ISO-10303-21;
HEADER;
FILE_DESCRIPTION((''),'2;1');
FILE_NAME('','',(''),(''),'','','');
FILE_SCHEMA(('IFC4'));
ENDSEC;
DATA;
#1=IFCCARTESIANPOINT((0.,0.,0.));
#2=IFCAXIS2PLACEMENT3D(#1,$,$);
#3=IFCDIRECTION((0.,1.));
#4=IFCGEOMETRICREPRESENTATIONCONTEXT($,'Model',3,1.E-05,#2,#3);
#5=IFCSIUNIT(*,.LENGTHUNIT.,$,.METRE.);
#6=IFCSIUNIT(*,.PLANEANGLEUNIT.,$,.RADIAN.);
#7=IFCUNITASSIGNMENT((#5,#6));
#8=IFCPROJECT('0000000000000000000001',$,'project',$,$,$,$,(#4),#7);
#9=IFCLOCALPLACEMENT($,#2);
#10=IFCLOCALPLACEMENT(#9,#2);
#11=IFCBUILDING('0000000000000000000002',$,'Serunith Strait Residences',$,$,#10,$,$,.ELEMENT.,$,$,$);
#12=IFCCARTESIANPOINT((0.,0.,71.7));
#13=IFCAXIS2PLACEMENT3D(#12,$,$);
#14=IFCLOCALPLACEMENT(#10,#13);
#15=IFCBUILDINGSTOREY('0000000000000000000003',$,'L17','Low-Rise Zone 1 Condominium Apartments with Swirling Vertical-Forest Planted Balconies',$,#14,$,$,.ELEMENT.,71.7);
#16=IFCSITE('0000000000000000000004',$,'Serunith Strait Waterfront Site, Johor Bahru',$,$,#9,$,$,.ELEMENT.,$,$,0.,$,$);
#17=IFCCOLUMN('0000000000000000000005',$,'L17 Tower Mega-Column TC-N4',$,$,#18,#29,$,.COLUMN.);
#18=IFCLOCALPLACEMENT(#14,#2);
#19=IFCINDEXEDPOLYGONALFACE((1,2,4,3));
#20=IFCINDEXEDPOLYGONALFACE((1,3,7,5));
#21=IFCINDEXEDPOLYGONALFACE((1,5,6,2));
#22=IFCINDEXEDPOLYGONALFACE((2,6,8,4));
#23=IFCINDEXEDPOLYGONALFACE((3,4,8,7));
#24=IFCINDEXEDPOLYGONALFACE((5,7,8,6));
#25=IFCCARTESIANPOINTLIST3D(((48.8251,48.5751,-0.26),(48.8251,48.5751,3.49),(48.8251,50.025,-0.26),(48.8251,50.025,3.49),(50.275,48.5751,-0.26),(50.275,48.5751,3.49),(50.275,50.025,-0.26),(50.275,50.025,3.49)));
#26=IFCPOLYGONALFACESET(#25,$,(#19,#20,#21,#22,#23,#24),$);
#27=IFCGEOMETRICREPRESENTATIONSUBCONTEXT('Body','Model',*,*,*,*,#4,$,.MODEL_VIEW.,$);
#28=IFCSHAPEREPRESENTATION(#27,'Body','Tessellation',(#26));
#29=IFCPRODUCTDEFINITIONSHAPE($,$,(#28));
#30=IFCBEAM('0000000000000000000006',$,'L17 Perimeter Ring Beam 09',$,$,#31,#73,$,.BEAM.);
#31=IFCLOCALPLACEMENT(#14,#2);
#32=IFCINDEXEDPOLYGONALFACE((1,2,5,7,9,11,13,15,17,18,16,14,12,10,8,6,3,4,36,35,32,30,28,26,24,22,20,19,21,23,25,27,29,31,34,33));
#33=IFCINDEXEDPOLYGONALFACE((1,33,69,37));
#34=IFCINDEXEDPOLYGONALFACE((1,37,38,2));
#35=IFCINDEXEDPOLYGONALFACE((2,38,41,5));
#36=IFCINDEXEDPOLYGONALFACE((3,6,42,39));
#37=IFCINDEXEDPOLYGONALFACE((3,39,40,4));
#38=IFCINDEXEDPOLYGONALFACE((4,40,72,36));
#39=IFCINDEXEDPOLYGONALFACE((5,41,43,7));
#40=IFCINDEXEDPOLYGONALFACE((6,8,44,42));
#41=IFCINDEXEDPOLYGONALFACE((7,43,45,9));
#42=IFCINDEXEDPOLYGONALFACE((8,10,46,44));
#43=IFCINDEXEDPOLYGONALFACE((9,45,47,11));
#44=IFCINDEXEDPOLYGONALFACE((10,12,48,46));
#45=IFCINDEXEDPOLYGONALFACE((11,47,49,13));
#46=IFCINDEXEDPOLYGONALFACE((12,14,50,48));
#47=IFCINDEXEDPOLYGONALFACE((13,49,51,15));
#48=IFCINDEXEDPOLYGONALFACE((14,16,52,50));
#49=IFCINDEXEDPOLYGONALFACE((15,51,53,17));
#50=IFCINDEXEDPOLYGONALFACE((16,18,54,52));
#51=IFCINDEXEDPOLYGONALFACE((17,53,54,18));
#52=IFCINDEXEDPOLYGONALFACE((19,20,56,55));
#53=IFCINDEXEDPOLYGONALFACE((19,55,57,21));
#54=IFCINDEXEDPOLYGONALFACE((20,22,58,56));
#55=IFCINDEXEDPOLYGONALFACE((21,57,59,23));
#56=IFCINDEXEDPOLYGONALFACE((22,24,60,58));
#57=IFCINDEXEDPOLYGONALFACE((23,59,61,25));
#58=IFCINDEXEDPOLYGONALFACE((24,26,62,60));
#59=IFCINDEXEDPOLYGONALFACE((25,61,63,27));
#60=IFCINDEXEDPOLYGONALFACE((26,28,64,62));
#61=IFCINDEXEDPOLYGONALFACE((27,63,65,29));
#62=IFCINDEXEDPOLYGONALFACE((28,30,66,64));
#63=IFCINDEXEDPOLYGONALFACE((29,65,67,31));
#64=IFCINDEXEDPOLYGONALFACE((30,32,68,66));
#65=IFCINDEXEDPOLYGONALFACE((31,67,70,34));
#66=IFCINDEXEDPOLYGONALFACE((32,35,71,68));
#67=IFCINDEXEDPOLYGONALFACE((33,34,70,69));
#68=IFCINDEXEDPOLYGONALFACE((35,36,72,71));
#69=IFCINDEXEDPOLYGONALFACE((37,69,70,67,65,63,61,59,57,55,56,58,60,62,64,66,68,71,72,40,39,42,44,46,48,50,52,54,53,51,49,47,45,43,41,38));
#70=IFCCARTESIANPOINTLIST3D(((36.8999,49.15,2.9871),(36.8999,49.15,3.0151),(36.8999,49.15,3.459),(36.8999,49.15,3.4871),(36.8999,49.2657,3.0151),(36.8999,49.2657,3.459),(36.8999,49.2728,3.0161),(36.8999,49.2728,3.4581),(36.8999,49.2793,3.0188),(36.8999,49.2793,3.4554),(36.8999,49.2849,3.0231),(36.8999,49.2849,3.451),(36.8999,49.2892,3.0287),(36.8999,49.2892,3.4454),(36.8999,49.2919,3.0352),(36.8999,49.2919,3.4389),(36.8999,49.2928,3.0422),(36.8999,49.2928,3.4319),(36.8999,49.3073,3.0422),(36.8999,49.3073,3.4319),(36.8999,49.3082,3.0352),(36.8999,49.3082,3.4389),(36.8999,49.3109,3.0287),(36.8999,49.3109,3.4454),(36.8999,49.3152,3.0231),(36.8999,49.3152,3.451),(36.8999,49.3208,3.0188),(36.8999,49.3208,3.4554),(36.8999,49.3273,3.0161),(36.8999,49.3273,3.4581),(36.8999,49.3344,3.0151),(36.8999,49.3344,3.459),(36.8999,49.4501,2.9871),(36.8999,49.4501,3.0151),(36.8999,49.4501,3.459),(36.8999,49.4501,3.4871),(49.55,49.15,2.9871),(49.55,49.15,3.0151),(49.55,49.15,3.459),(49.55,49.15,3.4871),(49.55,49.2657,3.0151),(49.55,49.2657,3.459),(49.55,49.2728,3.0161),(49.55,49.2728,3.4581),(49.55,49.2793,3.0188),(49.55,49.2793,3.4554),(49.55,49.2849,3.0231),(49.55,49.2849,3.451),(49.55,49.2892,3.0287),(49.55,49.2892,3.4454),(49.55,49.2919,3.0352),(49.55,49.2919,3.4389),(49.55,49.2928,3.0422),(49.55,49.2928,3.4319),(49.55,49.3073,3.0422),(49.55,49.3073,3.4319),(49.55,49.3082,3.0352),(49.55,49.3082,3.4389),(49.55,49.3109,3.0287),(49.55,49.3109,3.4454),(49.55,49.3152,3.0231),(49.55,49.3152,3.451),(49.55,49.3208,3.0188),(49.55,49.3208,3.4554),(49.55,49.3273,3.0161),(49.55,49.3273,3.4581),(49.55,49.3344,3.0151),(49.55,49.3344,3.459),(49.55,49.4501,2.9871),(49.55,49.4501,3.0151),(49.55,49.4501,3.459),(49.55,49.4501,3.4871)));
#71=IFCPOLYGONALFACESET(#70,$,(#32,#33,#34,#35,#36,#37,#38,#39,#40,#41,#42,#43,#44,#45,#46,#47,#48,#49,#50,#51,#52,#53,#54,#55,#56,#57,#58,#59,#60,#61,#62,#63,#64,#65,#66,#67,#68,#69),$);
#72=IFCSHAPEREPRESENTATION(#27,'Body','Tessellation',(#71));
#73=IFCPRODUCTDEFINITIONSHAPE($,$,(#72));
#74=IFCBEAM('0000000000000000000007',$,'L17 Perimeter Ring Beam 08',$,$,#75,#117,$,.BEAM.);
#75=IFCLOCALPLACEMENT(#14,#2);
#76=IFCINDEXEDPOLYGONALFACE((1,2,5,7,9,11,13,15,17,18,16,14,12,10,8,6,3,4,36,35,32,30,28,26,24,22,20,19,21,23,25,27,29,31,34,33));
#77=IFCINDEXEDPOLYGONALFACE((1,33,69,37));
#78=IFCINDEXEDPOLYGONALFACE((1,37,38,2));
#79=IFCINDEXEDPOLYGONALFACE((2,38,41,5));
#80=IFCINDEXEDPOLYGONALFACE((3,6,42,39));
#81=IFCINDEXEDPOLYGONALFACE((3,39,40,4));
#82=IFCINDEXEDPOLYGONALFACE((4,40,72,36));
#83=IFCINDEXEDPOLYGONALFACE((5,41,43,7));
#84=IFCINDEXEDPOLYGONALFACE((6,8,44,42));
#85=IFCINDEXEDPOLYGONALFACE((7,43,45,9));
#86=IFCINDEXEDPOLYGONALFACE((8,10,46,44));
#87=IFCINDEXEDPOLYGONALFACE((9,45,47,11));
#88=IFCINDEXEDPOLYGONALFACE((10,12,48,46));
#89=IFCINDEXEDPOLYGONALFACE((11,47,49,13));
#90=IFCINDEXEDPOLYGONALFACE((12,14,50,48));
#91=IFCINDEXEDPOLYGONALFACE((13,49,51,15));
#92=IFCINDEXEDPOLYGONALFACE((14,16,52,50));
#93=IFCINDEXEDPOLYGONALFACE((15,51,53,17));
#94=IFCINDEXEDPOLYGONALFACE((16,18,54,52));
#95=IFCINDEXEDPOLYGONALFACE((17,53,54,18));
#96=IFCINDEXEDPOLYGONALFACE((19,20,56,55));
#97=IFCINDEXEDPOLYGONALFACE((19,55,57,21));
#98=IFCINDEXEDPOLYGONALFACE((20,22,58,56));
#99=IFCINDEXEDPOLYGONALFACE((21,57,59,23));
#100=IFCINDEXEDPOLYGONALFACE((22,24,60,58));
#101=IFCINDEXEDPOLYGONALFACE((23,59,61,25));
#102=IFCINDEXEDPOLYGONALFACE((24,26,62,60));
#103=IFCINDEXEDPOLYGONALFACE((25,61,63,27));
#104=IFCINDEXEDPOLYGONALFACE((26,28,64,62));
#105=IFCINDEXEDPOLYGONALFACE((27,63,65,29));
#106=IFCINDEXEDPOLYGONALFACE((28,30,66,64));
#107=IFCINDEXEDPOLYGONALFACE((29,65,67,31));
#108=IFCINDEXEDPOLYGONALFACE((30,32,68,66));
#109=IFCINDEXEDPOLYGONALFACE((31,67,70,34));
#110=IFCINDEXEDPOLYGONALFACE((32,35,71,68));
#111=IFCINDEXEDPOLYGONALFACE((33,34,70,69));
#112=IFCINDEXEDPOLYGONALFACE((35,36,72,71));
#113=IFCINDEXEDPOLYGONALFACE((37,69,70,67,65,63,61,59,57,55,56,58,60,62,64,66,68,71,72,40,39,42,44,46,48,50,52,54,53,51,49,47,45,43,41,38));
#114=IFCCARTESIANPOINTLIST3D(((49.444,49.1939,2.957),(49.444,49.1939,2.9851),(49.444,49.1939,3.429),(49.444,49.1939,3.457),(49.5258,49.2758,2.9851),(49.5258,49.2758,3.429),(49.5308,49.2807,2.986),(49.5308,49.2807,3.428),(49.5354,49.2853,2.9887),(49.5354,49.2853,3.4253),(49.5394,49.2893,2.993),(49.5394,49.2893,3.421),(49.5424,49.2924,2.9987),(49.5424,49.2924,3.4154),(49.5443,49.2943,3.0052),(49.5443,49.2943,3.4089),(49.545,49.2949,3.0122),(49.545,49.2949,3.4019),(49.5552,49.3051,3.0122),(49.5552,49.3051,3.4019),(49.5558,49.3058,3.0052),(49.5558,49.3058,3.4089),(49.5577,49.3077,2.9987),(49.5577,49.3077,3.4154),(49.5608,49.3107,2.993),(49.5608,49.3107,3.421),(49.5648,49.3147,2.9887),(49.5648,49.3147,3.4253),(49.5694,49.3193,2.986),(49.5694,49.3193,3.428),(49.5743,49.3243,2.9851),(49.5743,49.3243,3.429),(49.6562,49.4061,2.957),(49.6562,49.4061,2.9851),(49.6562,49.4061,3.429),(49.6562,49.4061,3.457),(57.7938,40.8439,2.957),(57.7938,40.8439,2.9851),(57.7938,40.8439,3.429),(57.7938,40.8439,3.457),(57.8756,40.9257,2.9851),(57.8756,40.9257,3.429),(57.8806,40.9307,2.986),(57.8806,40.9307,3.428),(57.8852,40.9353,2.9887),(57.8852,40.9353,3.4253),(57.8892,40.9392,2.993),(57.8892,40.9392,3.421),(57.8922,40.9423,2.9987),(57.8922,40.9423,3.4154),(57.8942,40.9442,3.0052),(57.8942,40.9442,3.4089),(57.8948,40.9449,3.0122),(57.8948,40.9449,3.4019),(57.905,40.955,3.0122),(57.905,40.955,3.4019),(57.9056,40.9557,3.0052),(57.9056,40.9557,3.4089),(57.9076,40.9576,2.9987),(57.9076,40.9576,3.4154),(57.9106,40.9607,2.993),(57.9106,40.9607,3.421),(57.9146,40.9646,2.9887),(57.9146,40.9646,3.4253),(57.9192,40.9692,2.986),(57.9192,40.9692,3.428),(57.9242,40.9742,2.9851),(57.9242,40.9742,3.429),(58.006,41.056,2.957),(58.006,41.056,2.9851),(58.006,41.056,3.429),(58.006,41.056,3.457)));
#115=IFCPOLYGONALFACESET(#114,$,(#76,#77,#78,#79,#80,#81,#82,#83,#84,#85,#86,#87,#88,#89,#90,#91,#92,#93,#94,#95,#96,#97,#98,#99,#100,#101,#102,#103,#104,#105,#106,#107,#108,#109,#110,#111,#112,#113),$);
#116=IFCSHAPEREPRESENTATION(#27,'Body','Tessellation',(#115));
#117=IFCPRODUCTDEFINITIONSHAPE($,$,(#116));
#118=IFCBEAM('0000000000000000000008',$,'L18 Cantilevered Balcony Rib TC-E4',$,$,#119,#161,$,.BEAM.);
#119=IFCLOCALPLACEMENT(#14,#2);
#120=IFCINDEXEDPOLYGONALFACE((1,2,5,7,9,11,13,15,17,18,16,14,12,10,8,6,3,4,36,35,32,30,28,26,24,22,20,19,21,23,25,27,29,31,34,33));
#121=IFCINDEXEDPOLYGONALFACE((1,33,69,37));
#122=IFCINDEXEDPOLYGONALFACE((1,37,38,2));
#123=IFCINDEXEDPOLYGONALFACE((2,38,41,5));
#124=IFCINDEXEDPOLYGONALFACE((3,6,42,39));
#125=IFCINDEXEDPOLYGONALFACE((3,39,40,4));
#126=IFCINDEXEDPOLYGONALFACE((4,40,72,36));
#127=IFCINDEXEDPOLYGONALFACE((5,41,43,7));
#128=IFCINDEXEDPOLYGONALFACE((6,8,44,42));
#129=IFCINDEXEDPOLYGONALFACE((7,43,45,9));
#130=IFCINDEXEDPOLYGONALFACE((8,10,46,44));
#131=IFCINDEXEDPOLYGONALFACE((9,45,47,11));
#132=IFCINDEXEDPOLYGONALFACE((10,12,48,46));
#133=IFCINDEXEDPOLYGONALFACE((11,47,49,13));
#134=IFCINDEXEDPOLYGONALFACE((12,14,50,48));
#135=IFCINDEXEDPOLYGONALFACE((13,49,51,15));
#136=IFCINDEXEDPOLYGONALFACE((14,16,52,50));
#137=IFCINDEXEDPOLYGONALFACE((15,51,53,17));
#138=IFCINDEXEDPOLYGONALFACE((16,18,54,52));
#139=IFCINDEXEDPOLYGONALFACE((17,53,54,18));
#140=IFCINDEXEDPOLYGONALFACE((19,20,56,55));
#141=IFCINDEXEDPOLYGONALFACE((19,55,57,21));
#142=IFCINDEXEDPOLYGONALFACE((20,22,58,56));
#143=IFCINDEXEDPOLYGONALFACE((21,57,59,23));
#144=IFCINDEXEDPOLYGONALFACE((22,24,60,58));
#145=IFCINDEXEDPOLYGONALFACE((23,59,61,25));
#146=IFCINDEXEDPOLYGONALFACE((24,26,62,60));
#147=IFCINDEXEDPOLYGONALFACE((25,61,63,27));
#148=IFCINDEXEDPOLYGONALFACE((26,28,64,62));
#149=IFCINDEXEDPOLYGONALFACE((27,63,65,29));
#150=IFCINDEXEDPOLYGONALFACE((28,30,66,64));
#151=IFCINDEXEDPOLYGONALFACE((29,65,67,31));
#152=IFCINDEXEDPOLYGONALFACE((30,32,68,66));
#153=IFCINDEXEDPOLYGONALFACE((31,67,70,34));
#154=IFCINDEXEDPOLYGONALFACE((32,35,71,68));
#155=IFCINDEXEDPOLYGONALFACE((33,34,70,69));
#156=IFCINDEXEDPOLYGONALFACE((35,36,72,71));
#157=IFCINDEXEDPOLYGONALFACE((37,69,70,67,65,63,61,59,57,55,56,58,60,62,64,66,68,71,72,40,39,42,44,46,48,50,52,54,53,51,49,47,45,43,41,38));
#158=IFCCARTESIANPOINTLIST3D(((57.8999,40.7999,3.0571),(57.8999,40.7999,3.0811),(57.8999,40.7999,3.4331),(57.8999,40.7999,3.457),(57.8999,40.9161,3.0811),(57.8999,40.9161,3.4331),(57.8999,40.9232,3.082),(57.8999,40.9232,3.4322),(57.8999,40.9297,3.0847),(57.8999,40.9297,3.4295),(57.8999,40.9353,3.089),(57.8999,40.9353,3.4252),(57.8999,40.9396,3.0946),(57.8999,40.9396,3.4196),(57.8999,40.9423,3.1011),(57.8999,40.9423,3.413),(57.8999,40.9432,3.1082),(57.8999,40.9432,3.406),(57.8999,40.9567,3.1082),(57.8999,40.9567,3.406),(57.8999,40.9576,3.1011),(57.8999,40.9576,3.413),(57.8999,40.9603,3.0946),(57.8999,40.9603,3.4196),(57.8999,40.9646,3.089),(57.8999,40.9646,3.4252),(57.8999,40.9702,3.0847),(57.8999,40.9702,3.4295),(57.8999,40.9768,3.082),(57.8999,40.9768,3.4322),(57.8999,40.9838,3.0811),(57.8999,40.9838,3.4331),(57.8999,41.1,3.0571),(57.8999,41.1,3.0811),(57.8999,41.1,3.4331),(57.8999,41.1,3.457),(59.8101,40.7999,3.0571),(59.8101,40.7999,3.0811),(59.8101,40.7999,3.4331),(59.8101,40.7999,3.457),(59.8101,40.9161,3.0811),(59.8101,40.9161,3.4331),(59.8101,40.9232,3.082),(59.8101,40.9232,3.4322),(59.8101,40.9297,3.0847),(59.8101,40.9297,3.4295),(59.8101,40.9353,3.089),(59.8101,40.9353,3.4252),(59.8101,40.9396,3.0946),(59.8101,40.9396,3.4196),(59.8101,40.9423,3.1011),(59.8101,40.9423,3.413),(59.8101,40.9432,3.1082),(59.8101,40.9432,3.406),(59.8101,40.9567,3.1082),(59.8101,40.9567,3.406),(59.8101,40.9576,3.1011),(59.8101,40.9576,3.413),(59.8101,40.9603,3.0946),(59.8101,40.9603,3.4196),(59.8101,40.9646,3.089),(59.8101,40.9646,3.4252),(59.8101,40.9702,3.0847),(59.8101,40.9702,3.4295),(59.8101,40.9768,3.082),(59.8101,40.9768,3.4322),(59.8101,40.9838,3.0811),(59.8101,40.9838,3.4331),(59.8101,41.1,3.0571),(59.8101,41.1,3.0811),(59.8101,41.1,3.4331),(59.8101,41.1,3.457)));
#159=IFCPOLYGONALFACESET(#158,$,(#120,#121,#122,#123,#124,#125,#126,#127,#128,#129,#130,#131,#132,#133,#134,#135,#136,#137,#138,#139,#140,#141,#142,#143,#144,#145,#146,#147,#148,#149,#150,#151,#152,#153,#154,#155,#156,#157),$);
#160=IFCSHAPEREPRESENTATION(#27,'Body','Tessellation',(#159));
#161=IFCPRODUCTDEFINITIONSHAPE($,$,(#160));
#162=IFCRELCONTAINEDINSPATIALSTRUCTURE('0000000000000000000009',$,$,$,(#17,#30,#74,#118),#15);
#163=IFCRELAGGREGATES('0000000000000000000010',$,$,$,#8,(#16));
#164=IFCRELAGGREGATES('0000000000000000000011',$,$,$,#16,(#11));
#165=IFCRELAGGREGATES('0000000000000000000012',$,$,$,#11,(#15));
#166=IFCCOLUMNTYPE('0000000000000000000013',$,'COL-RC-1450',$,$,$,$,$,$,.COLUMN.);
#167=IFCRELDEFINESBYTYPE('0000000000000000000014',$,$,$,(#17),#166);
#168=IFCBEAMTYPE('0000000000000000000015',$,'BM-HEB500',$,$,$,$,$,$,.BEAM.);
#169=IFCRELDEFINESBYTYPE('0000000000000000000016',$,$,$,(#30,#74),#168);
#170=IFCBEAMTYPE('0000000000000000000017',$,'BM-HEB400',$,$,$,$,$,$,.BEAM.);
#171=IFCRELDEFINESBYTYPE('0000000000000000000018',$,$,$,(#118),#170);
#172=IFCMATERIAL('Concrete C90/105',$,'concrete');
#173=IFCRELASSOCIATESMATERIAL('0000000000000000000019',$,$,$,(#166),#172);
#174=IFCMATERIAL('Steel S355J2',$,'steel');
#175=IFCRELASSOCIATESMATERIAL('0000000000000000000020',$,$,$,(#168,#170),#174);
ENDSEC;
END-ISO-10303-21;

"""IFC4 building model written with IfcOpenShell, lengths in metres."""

from ifc_helpers import new_model, si_unit, direction, frame, origin, origin_2d, place, context, subcontext, project, spatial, rectangle, i_section, extrude, source, transform, mapped, material, material_profile, profile_set, type_object, element, save


model = new_model("IFC4")

# Units and contexts
model_context = context("Model", 3, precision=1e-05, world=origin(), true_north=direction((0.0, 1.0)))
body_context = subcontext(model_context, "Body", "Model", "MODEL_VIEW")
ifc_project = project(units=[si_unit("LENGTHUNIT", "METRE"), si_unit("PLANEANGLEUNIT", "RADIAN")], contexts=[model_context])

# Site, building, storey
site_placement = place(None, origin())
site = spatial("IfcSite", under=ifc_project, at=site_placement, Name="Serunith Strait Waterfront Site, Johor Bahru", CompositionType="ELEMENT", RefElevation=0.0)
building_placement = place(site_placement, origin())
building = spatial("IfcBuilding", under=site, at=building_placement, Name="Serunith Strait Residences", CompositionType="ELEMENT")
storey_placement = place(building_placement, frame((0.0, 0.0, 71.7)))
storey = spatial("IfcBuildingStorey", under=building, at=storey_placement, Name="L17", Description="Low-Rise Zone 1 Condominium Apartments with Swirling Vertical-Forest Planted Balconies", CompositionType="ELEMENT", Elevation=71.7)

# Column
ifc_material_1 = material(Name="Concrete C90/105", Category="concrete")
ifc_material_profile_1 = material_profile(ifc_material_1, rectangle(XDim=1.45, YDim=1.45, at=origin_2d()), Name="RC 1450x1450")
ifc_profile_set_1 = profile_set([ifc_material_profile_1], Name="Concrete C90/105")
column_type = type_object("IfcColumnType", Name="COL-RC-1450", PredefinedType="COLUMN", material=ifc_profile_set_1)
shared_shape_1 = source(origin(), body_context, "Body", "SweptSolid", [
    extrude(rectangle(XDim=1.45, YDim=1.45, at=origin_2d()), origin(), (0.0, 0.0, 1.0), 3.75),
])
column_placement = place(storey_placement, frame((49.55, 49.3, -0.26), z_axis=(0.0, 0.0, 1.0), x_axis=(1.0, 0.0, 0.0)))
element("IfcColumn", 1, at=column_placement, inside=storey, type_object=column_type, Name="L17 Tower Mega-Column TC-N4", PredefinedType="COLUMN", context=body_context, shape_type="MappedRepresentation", body=[
    mapped(shared_shape_1, transform((0.0, 0.0, 0.0), scale=1.0)),
])

# Beams
ifc_material_2 = material(Name="Steel S355J2", Category="steel")
ifc_material_profile_2 = material_profile(ifc_material_2, i_section(OverallWidth=0.3, OverallDepth=0.5, WebThickness=0.0144, FlangeThickness=0.0281, FilletRadius=0.0271, at=origin_2d()), Name="HEB 500")
ifc_profile_set_2 = profile_set([ifc_material_profile_2], Name="Steel S355J2")
beam_type_1 = type_object("IfcBeamType", Name="BM-HEB500", PredefinedType="BEAM", material=ifc_profile_set_2)
shared_shape_2 = source(origin(), body_context, "Body", "SweptSolid", [
    extrude(i_section(OverallWidth=0.3, OverallDepth=0.5, WebThickness=0.0144, FlangeThickness=0.0281, FilletRadius=0.0271, at=origin_2d()), origin(), (0.0, 0.0, 1.0), 12.6501),
])
beam_1_placement = place(storey_placement, frame((49.55, 49.3, 3.2371), z_axis=(-1.0, 0.0, 0.0), x_axis=(0.0, -1.0, 0.0)))
element("IfcBeam", 2, at=beam_1_placement, inside=storey, type_object=beam_type_1, Name="L17 Perimeter Ring Beam 09", PredefinedType="BEAM", context=body_context, shape_type="MappedRepresentation", body=[
    mapped(shared_shape_2, transform((0.0, 0.0, 0.0), scale=1.0)),
])
shared_shape_3 = source(origin(), body_context, "Body", "SweptSolid", [
    extrude(i_section(OverallWidth=0.3, OverallDepth=0.5, WebThickness=0.0144, FlangeThickness=0.0281, FilletRadius=0.0271, at=origin_2d()), origin(), (0.0, 0.0, 1.0), 11.8086),
])
beam_2_placement = place(storey_placement, frame((57.8999, 40.95, 3.207), z_axis=(-0.707096, 0.707117, 0.0), x_axis=(-0.707117, -0.707096, 0.0)))
element("IfcBeam", 3, at=beam_2_placement, inside=storey, type_object=beam_type_1, Name="L17 Perimeter Ring Beam 08", PredefinedType="BEAM", context=body_context, shape_type="MappedRepresentation", body=[
    mapped(shared_shape_3, transform((0.0, 0.0, 0.0), scale=1.0)),
])
ifc_material_profile_3 = material_profile(ifc_material_2, i_section(OverallWidth=0.3, OverallDepth=0.3999, WebThickness=0.0134, FlangeThickness=0.0239, FilletRadius=0.0271, at=origin_2d()), Name="HEB 400")
ifc_profile_set_3 = profile_set([ifc_material_profile_3], Name="Steel S355J2")
beam_type_2 = type_object("IfcBeamType", Name="BM-HEB400", PredefinedType="BEAM", material=ifc_profile_set_3)
shared_shape_4 = source(origin(), body_context, "Body", "SweptSolid", [
    extrude(i_section(OverallWidth=0.3, OverallDepth=0.3999, WebThickness=0.0134, FlangeThickness=0.0239, FilletRadius=0.0271, at=origin_2d()), origin(), (0.0, 0.0, 1.0), 1.9102),
])
beam_3_placement = place(storey_placement, frame((57.8999, 40.95, 3.2571), z_axis=(1.0, 0.0, 0.0), x_axis=(0.0, 1.0, 0.0)))
element("IfcBeam", 4, at=beam_3_placement, inside=storey, type_object=beam_type_2, Name="L18 Cantilevered Balcony Rib TC-E4", PredefinedType="BEAM", context=body_context, shape_type="MappedRepresentation", body=[
    mapped(shared_shape_4, transform((0.0, 0.0, 0.0), scale=1.0)),
])

save(model, "model.ifc")
